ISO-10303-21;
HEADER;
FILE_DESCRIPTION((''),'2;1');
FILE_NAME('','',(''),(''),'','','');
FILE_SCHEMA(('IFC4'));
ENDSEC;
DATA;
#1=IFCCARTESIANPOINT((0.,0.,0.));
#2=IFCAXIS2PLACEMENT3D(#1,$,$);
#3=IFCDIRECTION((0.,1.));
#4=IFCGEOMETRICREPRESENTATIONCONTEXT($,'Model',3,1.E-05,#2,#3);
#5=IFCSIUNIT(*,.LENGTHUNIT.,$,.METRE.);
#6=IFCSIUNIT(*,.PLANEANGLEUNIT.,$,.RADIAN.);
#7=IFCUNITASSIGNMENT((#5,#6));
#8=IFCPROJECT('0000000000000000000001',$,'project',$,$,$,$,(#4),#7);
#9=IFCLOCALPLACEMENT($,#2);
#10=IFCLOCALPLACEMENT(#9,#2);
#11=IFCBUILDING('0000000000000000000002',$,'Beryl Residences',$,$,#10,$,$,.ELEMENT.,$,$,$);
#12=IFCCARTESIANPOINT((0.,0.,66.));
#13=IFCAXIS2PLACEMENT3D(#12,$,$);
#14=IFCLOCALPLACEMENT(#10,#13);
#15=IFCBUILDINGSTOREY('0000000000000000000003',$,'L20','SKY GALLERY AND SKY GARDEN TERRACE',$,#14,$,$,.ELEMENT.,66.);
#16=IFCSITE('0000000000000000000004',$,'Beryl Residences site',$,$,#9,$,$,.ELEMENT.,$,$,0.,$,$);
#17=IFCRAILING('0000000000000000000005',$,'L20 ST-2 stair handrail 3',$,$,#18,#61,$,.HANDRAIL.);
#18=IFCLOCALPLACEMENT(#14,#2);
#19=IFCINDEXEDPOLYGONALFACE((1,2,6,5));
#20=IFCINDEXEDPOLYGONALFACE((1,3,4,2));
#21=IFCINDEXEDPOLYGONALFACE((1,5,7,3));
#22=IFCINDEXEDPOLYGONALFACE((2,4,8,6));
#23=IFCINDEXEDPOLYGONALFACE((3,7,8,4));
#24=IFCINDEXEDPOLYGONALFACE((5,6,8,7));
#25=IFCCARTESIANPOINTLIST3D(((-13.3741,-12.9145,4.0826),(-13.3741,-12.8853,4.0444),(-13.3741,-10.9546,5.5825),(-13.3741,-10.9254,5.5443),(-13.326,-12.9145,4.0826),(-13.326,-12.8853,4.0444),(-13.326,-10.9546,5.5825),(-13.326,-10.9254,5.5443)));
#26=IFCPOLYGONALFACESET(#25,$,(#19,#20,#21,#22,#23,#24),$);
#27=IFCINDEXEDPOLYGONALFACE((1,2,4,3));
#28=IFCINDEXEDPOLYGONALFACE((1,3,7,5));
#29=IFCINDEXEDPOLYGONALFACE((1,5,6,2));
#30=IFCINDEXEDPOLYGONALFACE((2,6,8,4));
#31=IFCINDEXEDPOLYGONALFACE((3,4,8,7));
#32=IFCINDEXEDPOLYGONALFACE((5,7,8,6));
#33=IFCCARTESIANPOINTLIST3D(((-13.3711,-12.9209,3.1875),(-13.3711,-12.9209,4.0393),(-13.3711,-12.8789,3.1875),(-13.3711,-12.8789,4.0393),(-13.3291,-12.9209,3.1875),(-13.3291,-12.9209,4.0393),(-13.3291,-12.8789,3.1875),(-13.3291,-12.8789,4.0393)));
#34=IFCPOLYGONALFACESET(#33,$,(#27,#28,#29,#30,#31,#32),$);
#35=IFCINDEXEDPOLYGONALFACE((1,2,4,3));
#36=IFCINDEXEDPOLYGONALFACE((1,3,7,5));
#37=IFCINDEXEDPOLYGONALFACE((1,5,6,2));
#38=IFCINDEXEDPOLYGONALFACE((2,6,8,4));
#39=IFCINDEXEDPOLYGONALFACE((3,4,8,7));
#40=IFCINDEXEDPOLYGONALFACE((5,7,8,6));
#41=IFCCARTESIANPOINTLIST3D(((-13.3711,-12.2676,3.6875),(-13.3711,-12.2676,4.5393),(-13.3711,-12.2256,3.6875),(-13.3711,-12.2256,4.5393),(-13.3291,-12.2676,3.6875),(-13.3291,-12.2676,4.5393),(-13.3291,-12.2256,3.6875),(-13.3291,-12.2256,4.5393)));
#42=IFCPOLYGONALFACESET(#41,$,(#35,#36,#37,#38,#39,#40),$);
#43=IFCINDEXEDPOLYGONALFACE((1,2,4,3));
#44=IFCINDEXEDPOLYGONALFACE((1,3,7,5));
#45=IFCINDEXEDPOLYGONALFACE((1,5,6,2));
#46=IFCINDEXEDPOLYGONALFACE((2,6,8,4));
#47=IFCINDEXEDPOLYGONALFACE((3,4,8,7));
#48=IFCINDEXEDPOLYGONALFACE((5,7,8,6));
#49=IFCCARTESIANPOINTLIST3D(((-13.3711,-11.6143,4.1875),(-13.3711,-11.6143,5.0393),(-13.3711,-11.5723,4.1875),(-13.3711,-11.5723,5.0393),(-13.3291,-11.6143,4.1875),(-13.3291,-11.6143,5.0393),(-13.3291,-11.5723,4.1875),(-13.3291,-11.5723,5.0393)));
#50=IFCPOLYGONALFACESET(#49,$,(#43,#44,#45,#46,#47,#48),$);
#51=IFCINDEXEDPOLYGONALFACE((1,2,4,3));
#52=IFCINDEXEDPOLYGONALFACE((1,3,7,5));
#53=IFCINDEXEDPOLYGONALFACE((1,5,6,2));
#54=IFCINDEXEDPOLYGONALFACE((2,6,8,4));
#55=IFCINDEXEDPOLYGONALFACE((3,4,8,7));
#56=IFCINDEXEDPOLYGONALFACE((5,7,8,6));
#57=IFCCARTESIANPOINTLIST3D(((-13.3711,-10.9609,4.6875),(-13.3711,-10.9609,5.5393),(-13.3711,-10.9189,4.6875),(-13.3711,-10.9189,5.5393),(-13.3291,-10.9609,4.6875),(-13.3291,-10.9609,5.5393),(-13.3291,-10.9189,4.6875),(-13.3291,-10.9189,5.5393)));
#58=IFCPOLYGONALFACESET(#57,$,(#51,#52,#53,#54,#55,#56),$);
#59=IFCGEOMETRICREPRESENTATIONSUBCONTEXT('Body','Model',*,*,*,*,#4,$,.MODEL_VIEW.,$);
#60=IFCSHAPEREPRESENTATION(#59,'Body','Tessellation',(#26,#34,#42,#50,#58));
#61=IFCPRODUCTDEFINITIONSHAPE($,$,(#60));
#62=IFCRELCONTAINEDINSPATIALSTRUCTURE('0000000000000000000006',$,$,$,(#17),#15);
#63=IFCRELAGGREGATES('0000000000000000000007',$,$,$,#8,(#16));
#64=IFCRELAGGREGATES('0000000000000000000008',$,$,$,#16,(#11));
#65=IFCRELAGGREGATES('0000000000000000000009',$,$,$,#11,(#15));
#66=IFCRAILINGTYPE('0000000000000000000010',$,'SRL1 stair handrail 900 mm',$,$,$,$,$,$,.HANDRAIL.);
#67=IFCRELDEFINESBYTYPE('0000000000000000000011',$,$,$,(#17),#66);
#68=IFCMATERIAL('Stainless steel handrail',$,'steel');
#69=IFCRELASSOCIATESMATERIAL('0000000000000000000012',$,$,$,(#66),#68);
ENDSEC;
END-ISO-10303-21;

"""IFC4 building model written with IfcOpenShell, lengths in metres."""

from ifc_helpers import new_model, si_unit, direction, frame, origin, origin_2d, place, context, subcontext, project, spatial, rectangle, extrude, material, type_object, element, save


model = new_model("IFC4")

# Units and contexts
model_context = context("Model", 3, precision=1e-05, world=origin(), true_north=direction((0.0, 1.0)))
body_context = subcontext(model_context, "Body", "Model", "MODEL_VIEW")
ifc_project = project(units=[si_unit("LENGTHUNIT", "METRE"), si_unit("PLANEANGLEUNIT", "RADIAN")], contexts=[model_context])

# Site, building, storey
site_placement = place(None, origin())
site = spatial("IfcSite", under=ifc_project, at=site_placement, Name="Beryl Residences site", CompositionType="ELEMENT", RefElevation=0.0)
building_placement = place(site_placement, origin())
building = spatial("IfcBuilding", under=site, at=building_placement, Name="Beryl Residences", CompositionType="ELEMENT")
storey_placement = place(building_placement, frame((0.0, 0.0, 66.0)))
storey = spatial("IfcBuildingStorey", under=building, at=storey_placement, Name="L20", Description="SKY GALLERY AND SKY GARDEN TERRACE", CompositionType="ELEMENT", Elevation=66.0)

# Railing
ifc_material_1 = material(Name="Stainless steel handrail", Category="steel")
railing_type = type_object("IfcRailingType", Name="SRL1 stair handrail 900 mm", PredefinedType="HANDRAIL", material=ifc_material_1)
for number, where, name in (
    (1, (-13.3501, -12.8999, 3.1875), "L20 ST-2 stair handrail 3"),
):
    element("IfcRailing", number, at=place(storey_placement, frame(where)), inside=storey, type_object=railing_type, Name=name, PredefinedType="HANDRAIL", context=body_context, shape_type="SweptSolid", body=[
        extrude(rectangle(XDim=0.0481, YDim=0.0481, at=origin_2d()), frame((0.0, 0.0, 0.876), z_axis=(0.0, 0.794122, 0.607758), x_axis=(-1.0, 0.0, 0.0)), (0.0, 0.0, 1.0), 2.468),
        extrude(rectangle(XDim=0.042, YDim=0.042, at=origin_2d()), origin(), (0.0, 0.0, 1.0), 0.8518),
        extrude(rectangle(XDim=0.042, YDim=0.042, at=origin_2d()), frame((0.0, 0.6533, 0.5)), (0.0, 0.0, 1.0), 0.8518),
        extrude(rectangle(XDim=0.042, YDim=0.042, at=origin_2d()), frame((0.0, 1.3066, 1.0)), (0.0, 0.0, 1.0), 0.8518),
        extrude(rectangle(XDim=0.042, YDim=0.042, at=origin_2d()), frame((0.0, 1.96, 1.5)), (0.0, 0.0, 1.0), 0.8518),
    ])

save(model, "model.ifc")
